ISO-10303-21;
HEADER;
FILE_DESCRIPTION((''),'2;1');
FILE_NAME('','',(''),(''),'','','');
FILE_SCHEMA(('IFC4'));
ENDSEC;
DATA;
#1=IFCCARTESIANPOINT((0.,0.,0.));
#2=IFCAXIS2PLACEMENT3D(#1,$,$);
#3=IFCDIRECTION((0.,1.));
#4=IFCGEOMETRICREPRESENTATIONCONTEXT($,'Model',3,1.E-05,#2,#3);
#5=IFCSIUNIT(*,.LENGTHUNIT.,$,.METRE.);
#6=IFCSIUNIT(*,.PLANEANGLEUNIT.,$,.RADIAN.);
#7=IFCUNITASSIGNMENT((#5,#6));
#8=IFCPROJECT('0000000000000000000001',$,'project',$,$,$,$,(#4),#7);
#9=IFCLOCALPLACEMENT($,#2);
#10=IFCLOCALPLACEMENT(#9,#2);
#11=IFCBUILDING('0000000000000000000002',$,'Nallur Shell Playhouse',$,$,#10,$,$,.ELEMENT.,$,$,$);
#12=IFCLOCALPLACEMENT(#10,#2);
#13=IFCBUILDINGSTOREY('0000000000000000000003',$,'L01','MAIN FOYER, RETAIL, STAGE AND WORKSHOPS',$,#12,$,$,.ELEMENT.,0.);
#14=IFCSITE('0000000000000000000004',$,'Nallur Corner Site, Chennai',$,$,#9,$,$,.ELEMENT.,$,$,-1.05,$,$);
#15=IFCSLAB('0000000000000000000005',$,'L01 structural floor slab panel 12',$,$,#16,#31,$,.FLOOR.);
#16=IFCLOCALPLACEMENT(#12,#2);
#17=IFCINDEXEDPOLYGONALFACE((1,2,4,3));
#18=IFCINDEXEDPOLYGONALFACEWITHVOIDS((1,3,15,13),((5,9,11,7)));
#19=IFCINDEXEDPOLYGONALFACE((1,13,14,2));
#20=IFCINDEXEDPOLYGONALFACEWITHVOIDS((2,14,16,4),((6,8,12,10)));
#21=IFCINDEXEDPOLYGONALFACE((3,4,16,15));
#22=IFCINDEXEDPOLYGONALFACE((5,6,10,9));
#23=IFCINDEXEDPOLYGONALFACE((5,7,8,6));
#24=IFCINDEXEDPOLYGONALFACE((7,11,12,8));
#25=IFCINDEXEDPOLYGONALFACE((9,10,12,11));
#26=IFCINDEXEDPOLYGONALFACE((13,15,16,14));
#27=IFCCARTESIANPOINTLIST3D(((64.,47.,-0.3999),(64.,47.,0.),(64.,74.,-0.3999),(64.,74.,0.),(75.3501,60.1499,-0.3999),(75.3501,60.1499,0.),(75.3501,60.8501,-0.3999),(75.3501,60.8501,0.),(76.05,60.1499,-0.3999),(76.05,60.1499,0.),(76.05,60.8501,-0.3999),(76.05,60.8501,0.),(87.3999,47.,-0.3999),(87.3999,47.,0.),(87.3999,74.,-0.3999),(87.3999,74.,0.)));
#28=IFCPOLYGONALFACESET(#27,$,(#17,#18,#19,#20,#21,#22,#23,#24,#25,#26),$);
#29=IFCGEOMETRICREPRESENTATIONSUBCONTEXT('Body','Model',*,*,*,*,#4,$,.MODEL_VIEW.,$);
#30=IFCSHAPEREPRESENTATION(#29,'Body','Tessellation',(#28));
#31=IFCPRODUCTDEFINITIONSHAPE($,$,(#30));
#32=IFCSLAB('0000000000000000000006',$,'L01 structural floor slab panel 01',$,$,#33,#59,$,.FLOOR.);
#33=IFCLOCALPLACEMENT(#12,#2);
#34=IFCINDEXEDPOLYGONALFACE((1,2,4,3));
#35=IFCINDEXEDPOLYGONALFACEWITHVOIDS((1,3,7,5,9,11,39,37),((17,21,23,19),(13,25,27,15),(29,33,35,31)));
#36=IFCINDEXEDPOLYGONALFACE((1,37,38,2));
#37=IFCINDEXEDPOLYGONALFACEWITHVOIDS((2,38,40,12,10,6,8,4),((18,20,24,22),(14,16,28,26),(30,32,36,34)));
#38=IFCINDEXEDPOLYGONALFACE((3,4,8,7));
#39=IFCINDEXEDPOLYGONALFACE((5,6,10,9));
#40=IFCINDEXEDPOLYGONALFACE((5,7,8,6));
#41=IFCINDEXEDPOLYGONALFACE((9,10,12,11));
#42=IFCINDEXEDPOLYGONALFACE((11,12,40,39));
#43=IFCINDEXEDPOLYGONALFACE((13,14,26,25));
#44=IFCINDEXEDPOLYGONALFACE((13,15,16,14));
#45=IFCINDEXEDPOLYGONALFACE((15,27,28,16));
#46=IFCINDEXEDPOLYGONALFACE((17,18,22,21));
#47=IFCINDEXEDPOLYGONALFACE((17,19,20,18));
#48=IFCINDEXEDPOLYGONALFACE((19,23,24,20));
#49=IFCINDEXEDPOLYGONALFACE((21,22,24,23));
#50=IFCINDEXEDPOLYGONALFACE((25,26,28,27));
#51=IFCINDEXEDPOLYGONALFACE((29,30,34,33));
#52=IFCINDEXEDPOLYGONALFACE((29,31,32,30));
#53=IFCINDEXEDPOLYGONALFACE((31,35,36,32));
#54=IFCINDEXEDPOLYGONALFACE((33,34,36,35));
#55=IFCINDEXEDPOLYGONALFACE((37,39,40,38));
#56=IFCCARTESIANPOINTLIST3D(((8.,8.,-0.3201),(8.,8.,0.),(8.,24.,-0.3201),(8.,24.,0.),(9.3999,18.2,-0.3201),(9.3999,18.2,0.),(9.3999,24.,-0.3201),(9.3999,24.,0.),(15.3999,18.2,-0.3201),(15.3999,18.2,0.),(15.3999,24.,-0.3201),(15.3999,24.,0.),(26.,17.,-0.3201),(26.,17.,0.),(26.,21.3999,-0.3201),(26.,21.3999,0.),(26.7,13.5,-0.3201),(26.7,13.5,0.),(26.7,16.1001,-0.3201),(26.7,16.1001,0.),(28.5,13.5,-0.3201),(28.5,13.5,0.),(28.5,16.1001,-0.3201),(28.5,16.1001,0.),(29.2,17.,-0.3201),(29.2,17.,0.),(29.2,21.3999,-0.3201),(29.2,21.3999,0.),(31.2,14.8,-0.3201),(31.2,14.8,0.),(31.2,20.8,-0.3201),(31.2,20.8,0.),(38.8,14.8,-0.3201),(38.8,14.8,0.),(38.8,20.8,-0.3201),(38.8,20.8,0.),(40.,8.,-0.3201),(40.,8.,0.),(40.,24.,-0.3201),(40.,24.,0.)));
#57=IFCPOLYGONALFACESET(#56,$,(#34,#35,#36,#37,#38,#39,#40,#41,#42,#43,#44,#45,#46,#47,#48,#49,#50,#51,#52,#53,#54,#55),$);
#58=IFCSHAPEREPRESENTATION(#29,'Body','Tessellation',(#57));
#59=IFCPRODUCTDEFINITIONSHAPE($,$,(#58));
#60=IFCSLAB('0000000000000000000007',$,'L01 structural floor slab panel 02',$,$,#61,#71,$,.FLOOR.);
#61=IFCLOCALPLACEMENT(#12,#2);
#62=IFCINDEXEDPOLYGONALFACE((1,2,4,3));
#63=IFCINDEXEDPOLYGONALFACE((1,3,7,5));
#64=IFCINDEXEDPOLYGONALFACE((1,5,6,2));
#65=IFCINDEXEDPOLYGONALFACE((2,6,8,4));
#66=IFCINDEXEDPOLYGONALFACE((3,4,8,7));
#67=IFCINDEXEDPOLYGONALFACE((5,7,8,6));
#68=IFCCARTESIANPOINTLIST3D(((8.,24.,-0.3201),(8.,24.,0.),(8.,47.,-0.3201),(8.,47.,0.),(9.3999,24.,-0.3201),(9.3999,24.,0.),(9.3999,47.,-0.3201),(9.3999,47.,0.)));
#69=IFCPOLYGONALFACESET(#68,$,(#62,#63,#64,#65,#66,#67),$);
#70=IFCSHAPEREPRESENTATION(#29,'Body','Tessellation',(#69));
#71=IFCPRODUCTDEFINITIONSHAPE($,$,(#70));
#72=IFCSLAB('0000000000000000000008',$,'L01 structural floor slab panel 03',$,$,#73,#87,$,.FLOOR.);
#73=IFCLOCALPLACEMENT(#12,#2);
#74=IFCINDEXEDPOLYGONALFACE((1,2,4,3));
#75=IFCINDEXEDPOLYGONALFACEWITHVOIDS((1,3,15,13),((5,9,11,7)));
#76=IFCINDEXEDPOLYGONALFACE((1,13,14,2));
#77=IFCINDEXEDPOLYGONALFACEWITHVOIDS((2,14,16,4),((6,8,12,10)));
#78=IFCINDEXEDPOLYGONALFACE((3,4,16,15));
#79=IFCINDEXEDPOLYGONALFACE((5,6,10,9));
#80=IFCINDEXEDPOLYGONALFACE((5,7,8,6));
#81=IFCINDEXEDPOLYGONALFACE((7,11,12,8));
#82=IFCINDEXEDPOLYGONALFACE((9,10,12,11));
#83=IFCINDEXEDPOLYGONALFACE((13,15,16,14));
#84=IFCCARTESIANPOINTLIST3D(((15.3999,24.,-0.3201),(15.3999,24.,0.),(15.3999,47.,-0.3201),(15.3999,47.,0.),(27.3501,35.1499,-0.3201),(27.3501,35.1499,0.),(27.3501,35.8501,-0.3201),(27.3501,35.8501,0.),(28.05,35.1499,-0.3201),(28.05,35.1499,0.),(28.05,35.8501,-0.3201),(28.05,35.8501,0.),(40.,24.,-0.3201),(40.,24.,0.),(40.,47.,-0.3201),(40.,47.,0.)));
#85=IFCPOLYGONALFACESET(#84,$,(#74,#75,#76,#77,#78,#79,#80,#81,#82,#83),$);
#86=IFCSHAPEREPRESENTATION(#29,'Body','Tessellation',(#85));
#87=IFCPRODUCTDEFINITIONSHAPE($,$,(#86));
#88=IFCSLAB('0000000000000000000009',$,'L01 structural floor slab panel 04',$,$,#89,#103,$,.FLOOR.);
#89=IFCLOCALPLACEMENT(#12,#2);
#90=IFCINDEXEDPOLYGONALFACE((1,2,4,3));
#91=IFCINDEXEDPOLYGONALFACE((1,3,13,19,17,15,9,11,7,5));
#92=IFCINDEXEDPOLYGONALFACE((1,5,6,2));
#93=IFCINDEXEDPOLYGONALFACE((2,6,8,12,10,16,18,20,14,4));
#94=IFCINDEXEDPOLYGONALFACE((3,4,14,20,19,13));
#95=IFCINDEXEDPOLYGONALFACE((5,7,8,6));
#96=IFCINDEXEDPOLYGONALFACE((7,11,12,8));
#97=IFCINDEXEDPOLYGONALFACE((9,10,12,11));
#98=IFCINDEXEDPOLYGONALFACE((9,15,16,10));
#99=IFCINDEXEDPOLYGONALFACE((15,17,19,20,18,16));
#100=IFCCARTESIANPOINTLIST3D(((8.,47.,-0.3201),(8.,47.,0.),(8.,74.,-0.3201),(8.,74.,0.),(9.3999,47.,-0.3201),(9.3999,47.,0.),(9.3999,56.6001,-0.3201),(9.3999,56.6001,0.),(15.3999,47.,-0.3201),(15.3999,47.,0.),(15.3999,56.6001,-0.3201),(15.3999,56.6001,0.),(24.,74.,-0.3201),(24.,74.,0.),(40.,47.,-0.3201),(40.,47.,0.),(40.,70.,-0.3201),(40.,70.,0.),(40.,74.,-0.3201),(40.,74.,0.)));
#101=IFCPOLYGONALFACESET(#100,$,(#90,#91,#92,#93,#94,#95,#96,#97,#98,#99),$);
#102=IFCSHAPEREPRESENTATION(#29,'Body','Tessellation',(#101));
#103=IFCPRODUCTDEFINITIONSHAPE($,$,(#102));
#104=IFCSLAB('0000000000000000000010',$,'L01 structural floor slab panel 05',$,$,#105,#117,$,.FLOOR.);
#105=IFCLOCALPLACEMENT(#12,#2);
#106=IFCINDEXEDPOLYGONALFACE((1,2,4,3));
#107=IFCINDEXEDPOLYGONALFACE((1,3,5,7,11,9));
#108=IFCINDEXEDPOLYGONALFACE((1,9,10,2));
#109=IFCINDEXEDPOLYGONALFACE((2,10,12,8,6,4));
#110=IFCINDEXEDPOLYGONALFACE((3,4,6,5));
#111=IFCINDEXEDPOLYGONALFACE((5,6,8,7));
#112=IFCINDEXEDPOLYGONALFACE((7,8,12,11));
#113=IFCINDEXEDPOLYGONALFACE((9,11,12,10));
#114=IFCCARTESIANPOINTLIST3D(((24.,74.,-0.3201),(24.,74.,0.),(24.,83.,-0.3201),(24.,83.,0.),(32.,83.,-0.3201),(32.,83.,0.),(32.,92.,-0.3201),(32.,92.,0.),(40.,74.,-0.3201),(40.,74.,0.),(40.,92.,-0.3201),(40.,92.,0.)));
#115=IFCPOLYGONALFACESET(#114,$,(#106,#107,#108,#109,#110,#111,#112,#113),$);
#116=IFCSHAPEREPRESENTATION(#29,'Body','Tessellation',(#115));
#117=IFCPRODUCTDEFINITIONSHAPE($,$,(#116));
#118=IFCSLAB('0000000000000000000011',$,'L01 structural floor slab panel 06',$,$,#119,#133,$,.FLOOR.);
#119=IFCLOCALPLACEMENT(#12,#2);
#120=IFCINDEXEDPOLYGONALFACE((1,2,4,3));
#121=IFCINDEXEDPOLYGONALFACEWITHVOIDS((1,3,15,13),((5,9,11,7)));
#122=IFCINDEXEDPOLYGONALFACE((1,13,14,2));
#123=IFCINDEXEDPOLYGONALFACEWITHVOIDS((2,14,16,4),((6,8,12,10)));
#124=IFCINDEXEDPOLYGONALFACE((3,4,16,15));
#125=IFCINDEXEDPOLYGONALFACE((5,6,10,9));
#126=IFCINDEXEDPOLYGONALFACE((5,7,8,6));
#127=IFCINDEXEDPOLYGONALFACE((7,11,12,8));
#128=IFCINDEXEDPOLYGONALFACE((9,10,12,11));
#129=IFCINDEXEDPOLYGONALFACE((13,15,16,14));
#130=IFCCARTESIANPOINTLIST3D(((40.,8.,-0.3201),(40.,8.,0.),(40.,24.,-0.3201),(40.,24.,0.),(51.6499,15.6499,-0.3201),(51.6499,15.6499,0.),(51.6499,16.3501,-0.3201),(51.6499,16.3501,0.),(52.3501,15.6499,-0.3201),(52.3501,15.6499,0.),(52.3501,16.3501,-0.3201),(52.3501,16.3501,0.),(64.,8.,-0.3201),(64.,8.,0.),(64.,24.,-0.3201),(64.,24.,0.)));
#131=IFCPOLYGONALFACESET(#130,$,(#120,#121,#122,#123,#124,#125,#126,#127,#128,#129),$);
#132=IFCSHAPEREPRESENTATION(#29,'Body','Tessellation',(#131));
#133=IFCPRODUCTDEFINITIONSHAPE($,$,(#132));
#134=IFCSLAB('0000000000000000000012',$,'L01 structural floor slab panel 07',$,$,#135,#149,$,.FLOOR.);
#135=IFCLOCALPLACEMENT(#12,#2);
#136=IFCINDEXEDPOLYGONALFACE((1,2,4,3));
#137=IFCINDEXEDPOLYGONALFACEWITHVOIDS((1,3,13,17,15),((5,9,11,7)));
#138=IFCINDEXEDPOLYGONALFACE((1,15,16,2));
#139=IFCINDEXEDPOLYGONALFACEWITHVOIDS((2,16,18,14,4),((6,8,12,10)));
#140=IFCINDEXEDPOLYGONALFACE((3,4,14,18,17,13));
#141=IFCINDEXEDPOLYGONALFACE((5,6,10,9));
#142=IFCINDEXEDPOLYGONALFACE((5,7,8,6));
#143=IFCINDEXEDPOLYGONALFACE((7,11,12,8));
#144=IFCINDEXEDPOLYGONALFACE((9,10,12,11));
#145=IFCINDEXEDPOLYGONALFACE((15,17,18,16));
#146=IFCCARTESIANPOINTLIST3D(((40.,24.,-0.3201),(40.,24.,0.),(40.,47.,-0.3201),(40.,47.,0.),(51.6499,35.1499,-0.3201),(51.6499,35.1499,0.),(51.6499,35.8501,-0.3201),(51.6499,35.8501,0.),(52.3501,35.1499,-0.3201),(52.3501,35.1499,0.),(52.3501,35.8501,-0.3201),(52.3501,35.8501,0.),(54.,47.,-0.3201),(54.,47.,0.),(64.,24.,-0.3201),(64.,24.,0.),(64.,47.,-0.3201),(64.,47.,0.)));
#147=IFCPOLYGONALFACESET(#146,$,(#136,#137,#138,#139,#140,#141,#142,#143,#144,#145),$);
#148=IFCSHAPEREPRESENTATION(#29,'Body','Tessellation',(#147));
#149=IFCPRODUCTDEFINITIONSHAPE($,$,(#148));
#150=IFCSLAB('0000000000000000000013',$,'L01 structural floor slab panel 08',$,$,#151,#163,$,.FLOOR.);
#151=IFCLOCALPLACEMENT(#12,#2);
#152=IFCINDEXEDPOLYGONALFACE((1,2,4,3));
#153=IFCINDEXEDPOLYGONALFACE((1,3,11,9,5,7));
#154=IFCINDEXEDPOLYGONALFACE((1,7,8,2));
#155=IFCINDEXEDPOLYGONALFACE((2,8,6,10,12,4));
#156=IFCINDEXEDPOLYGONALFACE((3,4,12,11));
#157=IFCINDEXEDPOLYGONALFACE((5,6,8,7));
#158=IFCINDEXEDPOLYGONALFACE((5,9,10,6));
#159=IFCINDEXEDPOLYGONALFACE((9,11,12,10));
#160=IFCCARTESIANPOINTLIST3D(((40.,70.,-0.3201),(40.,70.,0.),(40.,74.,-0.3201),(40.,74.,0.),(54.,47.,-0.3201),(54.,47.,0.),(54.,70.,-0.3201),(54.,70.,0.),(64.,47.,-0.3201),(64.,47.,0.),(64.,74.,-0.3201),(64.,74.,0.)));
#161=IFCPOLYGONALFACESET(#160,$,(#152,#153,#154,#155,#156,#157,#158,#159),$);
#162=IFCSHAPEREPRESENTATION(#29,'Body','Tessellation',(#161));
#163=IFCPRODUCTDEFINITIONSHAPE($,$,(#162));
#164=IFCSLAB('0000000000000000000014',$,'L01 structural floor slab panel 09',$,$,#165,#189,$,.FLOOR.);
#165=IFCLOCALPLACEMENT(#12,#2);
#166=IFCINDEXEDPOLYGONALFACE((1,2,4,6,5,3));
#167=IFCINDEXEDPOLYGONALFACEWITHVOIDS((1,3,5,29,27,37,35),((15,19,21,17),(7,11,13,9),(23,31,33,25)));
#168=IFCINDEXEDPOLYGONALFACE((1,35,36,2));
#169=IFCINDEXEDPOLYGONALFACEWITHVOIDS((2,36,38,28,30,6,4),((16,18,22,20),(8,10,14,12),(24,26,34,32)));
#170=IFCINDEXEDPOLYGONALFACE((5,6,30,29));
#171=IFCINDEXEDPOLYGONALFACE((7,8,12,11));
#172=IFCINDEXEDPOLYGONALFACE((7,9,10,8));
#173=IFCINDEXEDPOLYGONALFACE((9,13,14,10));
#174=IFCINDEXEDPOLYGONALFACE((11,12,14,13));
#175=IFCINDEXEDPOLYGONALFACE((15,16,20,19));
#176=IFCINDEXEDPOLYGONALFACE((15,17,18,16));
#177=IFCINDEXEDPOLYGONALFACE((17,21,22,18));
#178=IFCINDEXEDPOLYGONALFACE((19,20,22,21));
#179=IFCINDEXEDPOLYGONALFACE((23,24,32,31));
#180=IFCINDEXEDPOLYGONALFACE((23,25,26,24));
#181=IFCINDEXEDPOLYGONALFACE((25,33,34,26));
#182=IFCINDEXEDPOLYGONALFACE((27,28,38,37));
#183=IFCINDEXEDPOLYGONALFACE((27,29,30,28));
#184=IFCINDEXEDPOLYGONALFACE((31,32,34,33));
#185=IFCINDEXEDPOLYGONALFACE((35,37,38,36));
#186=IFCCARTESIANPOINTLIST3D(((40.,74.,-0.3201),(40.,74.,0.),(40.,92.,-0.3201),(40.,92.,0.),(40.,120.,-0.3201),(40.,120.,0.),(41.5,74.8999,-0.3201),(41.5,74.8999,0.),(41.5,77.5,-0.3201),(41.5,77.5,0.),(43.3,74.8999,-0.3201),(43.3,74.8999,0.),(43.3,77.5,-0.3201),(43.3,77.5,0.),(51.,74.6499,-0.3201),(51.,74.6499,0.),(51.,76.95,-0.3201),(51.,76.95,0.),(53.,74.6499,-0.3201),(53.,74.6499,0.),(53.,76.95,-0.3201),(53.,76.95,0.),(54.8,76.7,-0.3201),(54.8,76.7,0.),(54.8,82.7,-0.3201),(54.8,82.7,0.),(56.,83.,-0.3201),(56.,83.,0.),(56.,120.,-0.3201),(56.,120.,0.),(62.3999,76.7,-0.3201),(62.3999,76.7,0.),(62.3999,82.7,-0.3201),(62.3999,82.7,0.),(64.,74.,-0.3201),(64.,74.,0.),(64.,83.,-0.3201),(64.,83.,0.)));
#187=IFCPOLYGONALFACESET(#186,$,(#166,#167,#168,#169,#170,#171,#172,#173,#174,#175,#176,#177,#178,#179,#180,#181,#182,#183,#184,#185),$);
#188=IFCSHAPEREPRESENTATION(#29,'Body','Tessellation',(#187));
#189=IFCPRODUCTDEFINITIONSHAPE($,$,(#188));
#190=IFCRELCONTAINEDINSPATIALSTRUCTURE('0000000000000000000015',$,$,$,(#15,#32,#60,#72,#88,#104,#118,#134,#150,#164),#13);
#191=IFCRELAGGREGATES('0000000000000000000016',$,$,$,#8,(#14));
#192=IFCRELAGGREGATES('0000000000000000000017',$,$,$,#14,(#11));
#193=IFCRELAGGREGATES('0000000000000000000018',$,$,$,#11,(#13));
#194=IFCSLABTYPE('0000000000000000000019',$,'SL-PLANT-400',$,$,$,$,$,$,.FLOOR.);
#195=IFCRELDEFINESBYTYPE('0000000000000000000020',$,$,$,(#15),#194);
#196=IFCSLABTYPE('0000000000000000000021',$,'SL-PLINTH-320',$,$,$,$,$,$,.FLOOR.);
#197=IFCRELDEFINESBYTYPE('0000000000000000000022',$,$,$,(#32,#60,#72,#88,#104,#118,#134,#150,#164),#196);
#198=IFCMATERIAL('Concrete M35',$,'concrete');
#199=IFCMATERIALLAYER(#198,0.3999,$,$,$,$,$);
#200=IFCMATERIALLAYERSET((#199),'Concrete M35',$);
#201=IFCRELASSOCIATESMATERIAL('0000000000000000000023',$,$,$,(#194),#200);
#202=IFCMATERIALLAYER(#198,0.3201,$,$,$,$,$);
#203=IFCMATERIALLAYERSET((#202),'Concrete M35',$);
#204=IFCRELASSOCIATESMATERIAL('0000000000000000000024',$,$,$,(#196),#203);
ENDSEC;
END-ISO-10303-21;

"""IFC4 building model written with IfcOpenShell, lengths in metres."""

from ifc_helpers import new_model, si_unit, direction, frame, origin, place, context, subcontext, project, spatial, polyline, outline, extrude, material, layer, layer_set, type_object, element, save


model = new_model("IFC4")

# Units and contexts
model_context = context("Model", 3, precision=1e-05, world=origin(), true_north=direction((0.0, 1.0)))
body_context = subcontext(model_context, "Body", "Model", "MODEL_VIEW")
ifc_project = project(units=[si_unit("LENGTHUNIT", "METRE"), si_unit("PLANEANGLEUNIT", "RADIAN")], contexts=[model_context])

# Site, building, storey
site_placement = place(None, origin())
site = spatial("IfcSite", under=ifc_project, at=site_placement, Name="Nallur Corner Site, Chennai", CompositionType="ELEMENT", RefElevation=-1.05)
building_placement = place(site_placement, origin())
building = spatial("IfcBuilding", under=site, at=building_placement, Name="Nallur Shell Playhouse", CompositionType="ELEMENT")
storey_placement = place(building_placement, origin())
storey = spatial("IfcBuildingStorey", under=building, at=storey_placement, Name="L01", Description="MAIN FOYER, RETAIL, STAGE AND WORKSHOPS", CompositionType="ELEMENT", Elevation=0.0)

# Slabs
ifc_material_1 = material(Name="Concrete M35", Category="concrete")
ifc_layer_1 = layer(ifc_material_1, 0.3999)
ifc_layer_set_1 = layer_set([ifc_layer_1], Name="Concrete M35")
slab_type_1 = type_object("IfcSlabType", Name="SL-PLANT-400", PredefinedType="FLOOR", material=ifc_layer_set_1)
slab_1_placement = place(storey_placement, frame((0.0, 0.0, -0.3999)))
element("IfcSlab", 1, at=slab_1_placement, inside=storey, type_object=slab_type_1, Name="L01 structural floor slab panel 12", PredefinedType="FLOOR", context=body_context, shape_type="SweptSolid", body=[
    extrude(outline(polyline([(64.0, 47.0), (64.0, 74.0), (87.3999, 74.0), (87.3999, 47.0), (64.0, 47.0)]), holes=[polyline([(75.3501, 60.1499), (76.05, 60.1499), (76.05, 60.8501), (75.3501, 60.8501), (75.3501, 60.1499)])]), origin(), (0.0, 0.0, 1.0), 0.3999),
])
ifc_layer_2 = layer(ifc_material_1, 0.3201)
ifc_layer_set_2 = layer_set([ifc_layer_2], Name="Concrete M35")
slab_type_2 = type_object("IfcSlabType", Name="SL-PLINTH-320", PredefinedType="FLOOR", material=ifc_layer_set_2)
slab_2_placement = place(storey_placement, frame((0.0, 0.0, -0.3201)))
element("IfcSlab", 2, at=slab_2_placement, inside=storey, type_object=slab_type_2, Name="L01 structural floor slab panel 01", PredefinedType="FLOOR", context=body_context, shape_type="SweptSolid", body=[
    extrude(outline(polyline([(8.0, 8.0), (8.0, 24.0), (9.3999, 24.0), (9.3999, 18.2), (15.3999, 18.2), (15.3999, 24.0), (40.0, 24.0), (40.0, 8.0), (8.0, 8.0)]), holes=[polyline([(26.7, 13.5), (28.5, 13.5), (28.5, 16.1001), (26.7, 16.1001), (26.7, 13.5)]), polyline([(38.8, 20.8), (31.2, 20.8), (31.2, 14.8), (38.8, 14.8), (38.8, 20.8)]), polyline([(26.0, 21.3999), (26.0, 17.0), (29.2, 17.0), (29.2, 21.3999), (26.0, 21.3999)])]), origin(), (0.0, 0.0, 1.0), 0.3201),
])
slab_3_placement = place(storey_placement, frame((0.0, 0.0, -0.3201)))
element("IfcSlab", 3, at=slab_3_placement, inside=storey, type_object=slab_type_2, Name="L01 structural floor slab panel 02", PredefinedType="FLOOR", context=body_context, shape_type="SweptSolid", body=[
    extrude(outline(polyline([(8.0, 47.0), (9.3999, 47.0), (9.3999, 24.0), (8.0, 24.0), (8.0, 47.0)])), origin(), (0.0, 0.0, 1.0), 0.3201),
])
slab_4_placement = place(storey_placement, frame((0.0, 0.0, -0.3201)))
element("IfcSlab", 4, at=slab_4_placement, inside=storey, type_object=slab_type_2, Name="L01 structural floor slab panel 03", PredefinedType="FLOOR", context=body_context, shape_type="SweptSolid", body=[
    extrude(outline(polyline([(15.3999, 47.0), (40.0, 47.0), (40.0, 24.0), (15.3999, 24.0), (15.3999, 47.0)]), holes=[polyline([(27.3501, 35.1499), (28.05, 35.1499), (28.05, 35.8501), (27.3501, 35.8501), (27.3501, 35.1499)])]), origin(), (0.0, 0.0, 1.0), 0.3201),
])
slab_5_placement = place(storey_placement, frame((0.0, 0.0, -0.3201)))
element("IfcSlab", 5, at=slab_5_placement, inside=storey, type_object=slab_type_2, Name="L01 structural floor slab panel 04", PredefinedType="FLOOR", context=body_context, shape_type="SweptSolid", body=[
    extrude(outline(polyline([(8.0, 74.0), (24.0, 74.0), (40.0, 74.0), (40.0, 70.0), (40.0, 47.0), (15.3999, 47.0), (15.3999, 56.6001), (9.3999, 56.6001), (9.3999, 47.0), (8.0, 47.0), (8.0, 74.0)])), origin(), (0.0, 0.0, 1.0), 0.3201),
])
slab_6_placement = place(storey_placement, frame((0.0, 0.0, -0.3201)))
element("IfcSlab", 6, at=slab_6_placement, inside=storey, type_object=slab_type_2, Name="L01 structural floor slab panel 05", PredefinedType="FLOOR", context=body_context, shape_type="SweptSolid", body=[
    extrude(outline(polyline([(24.0, 83.0), (32.0, 83.0), (32.0, 92.0), (40.0, 92.0), (40.0, 74.0), (24.0, 74.0), (24.0, 83.0)])), origin(), (0.0, 0.0, 1.0), 0.3201),
])
slab_7_placement = place(storey_placement, frame((0.0, 0.0, -0.3201)))
element("IfcSlab", 7, at=slab_7_placement, inside=storey, type_object=slab_type_2, Name="L01 structural floor slab panel 06", PredefinedType="FLOOR", context=body_context, shape_type="SweptSolid", body=[
    extrude(outline(polyline([(40.0, 8.0), (40.0, 24.0), (64.0, 24.0), (64.0, 8.0), (40.0, 8.0)]), holes=[polyline([(51.6499, 15.6499), (52.3501, 15.6499), (52.3501, 16.3501), (51.6499, 16.3501), (51.6499, 15.6499)])]), origin(), (0.0, 0.0, 1.0), 0.3201),
])
slab_8_placement = place(storey_placement, frame((0.0, 0.0, -0.3201)))
element("IfcSlab", 8, at=slab_8_placement, inside=storey, type_object=slab_type_2, Name="L01 structural floor slab panel 07", PredefinedType="FLOOR", context=body_context, shape_type="SweptSolid", body=[
    extrude(outline(polyline([(54.0, 47.0), (64.0, 47.0), (64.0, 24.0), (40.0, 24.0), (40.0, 47.0), (54.0, 47.0)]), holes=[polyline([(51.6499, 35.1499), (52.3501, 35.1499), (52.3501, 35.8501), (51.6499, 35.8501), (51.6499, 35.1499)])]), origin(), (0.0, 0.0, 1.0), 0.3201),
])
slab_9_placement = place(storey_placement, frame((0.0, 0.0, -0.3201)))
element("IfcSlab", 9, at=slab_9_placement, inside=storey, type_object=slab_type_2, Name="L01 structural floor slab panel 08", PredefinedType="FLOOR", context=body_context, shape_type="SweptSolid", body=[
    extrude(outline(polyline([(40.0, 70.0), (40.0, 74.0), (64.0, 74.0), (64.0, 47.0), (54.0, 47.0), (54.0, 70.0), (40.0, 70.0)])), origin(), (0.0, 0.0, 1.0), 0.3201),
])
slab_10_placement = place(storey_placement, frame((0.0, 0.0, -0.3201)))
element("IfcSlab", 10, at=slab_10_placement, inside=storey, type_object=slab_type_2, Name="L01 structural floor slab panel 09", PredefinedType="FLOOR", context=body_context, shape_type="SweptSolid", body=[
    extrude(outline(polyline([(40.0, 120.0), (56.0, 120.0), (56.0, 83.0), (64.0, 83.0), (64.0, 74.0), (40.0, 74.0), (40.0, 92.0), (40.0, 120.0)]), holes=[polyline([(51.0, 76.95), (51.0, 74.6499), (53.0, 74.6499), (53.0, 76.95), (51.0, 76.95)]), polyline([(41.5, 77.5), (41.5, 74.8999), (43.3, 74.8999), (43.3, 77.5), (41.5, 77.5)]), polyline([(54.8, 82.7), (54.8, 76.7), (62.3999, 76.7), (62.3999, 82.7), (54.8, 82.7)])]), origin(), (0.0, 0.0, 1.0), 0.3201),
])

save(model, "model.ifc")
